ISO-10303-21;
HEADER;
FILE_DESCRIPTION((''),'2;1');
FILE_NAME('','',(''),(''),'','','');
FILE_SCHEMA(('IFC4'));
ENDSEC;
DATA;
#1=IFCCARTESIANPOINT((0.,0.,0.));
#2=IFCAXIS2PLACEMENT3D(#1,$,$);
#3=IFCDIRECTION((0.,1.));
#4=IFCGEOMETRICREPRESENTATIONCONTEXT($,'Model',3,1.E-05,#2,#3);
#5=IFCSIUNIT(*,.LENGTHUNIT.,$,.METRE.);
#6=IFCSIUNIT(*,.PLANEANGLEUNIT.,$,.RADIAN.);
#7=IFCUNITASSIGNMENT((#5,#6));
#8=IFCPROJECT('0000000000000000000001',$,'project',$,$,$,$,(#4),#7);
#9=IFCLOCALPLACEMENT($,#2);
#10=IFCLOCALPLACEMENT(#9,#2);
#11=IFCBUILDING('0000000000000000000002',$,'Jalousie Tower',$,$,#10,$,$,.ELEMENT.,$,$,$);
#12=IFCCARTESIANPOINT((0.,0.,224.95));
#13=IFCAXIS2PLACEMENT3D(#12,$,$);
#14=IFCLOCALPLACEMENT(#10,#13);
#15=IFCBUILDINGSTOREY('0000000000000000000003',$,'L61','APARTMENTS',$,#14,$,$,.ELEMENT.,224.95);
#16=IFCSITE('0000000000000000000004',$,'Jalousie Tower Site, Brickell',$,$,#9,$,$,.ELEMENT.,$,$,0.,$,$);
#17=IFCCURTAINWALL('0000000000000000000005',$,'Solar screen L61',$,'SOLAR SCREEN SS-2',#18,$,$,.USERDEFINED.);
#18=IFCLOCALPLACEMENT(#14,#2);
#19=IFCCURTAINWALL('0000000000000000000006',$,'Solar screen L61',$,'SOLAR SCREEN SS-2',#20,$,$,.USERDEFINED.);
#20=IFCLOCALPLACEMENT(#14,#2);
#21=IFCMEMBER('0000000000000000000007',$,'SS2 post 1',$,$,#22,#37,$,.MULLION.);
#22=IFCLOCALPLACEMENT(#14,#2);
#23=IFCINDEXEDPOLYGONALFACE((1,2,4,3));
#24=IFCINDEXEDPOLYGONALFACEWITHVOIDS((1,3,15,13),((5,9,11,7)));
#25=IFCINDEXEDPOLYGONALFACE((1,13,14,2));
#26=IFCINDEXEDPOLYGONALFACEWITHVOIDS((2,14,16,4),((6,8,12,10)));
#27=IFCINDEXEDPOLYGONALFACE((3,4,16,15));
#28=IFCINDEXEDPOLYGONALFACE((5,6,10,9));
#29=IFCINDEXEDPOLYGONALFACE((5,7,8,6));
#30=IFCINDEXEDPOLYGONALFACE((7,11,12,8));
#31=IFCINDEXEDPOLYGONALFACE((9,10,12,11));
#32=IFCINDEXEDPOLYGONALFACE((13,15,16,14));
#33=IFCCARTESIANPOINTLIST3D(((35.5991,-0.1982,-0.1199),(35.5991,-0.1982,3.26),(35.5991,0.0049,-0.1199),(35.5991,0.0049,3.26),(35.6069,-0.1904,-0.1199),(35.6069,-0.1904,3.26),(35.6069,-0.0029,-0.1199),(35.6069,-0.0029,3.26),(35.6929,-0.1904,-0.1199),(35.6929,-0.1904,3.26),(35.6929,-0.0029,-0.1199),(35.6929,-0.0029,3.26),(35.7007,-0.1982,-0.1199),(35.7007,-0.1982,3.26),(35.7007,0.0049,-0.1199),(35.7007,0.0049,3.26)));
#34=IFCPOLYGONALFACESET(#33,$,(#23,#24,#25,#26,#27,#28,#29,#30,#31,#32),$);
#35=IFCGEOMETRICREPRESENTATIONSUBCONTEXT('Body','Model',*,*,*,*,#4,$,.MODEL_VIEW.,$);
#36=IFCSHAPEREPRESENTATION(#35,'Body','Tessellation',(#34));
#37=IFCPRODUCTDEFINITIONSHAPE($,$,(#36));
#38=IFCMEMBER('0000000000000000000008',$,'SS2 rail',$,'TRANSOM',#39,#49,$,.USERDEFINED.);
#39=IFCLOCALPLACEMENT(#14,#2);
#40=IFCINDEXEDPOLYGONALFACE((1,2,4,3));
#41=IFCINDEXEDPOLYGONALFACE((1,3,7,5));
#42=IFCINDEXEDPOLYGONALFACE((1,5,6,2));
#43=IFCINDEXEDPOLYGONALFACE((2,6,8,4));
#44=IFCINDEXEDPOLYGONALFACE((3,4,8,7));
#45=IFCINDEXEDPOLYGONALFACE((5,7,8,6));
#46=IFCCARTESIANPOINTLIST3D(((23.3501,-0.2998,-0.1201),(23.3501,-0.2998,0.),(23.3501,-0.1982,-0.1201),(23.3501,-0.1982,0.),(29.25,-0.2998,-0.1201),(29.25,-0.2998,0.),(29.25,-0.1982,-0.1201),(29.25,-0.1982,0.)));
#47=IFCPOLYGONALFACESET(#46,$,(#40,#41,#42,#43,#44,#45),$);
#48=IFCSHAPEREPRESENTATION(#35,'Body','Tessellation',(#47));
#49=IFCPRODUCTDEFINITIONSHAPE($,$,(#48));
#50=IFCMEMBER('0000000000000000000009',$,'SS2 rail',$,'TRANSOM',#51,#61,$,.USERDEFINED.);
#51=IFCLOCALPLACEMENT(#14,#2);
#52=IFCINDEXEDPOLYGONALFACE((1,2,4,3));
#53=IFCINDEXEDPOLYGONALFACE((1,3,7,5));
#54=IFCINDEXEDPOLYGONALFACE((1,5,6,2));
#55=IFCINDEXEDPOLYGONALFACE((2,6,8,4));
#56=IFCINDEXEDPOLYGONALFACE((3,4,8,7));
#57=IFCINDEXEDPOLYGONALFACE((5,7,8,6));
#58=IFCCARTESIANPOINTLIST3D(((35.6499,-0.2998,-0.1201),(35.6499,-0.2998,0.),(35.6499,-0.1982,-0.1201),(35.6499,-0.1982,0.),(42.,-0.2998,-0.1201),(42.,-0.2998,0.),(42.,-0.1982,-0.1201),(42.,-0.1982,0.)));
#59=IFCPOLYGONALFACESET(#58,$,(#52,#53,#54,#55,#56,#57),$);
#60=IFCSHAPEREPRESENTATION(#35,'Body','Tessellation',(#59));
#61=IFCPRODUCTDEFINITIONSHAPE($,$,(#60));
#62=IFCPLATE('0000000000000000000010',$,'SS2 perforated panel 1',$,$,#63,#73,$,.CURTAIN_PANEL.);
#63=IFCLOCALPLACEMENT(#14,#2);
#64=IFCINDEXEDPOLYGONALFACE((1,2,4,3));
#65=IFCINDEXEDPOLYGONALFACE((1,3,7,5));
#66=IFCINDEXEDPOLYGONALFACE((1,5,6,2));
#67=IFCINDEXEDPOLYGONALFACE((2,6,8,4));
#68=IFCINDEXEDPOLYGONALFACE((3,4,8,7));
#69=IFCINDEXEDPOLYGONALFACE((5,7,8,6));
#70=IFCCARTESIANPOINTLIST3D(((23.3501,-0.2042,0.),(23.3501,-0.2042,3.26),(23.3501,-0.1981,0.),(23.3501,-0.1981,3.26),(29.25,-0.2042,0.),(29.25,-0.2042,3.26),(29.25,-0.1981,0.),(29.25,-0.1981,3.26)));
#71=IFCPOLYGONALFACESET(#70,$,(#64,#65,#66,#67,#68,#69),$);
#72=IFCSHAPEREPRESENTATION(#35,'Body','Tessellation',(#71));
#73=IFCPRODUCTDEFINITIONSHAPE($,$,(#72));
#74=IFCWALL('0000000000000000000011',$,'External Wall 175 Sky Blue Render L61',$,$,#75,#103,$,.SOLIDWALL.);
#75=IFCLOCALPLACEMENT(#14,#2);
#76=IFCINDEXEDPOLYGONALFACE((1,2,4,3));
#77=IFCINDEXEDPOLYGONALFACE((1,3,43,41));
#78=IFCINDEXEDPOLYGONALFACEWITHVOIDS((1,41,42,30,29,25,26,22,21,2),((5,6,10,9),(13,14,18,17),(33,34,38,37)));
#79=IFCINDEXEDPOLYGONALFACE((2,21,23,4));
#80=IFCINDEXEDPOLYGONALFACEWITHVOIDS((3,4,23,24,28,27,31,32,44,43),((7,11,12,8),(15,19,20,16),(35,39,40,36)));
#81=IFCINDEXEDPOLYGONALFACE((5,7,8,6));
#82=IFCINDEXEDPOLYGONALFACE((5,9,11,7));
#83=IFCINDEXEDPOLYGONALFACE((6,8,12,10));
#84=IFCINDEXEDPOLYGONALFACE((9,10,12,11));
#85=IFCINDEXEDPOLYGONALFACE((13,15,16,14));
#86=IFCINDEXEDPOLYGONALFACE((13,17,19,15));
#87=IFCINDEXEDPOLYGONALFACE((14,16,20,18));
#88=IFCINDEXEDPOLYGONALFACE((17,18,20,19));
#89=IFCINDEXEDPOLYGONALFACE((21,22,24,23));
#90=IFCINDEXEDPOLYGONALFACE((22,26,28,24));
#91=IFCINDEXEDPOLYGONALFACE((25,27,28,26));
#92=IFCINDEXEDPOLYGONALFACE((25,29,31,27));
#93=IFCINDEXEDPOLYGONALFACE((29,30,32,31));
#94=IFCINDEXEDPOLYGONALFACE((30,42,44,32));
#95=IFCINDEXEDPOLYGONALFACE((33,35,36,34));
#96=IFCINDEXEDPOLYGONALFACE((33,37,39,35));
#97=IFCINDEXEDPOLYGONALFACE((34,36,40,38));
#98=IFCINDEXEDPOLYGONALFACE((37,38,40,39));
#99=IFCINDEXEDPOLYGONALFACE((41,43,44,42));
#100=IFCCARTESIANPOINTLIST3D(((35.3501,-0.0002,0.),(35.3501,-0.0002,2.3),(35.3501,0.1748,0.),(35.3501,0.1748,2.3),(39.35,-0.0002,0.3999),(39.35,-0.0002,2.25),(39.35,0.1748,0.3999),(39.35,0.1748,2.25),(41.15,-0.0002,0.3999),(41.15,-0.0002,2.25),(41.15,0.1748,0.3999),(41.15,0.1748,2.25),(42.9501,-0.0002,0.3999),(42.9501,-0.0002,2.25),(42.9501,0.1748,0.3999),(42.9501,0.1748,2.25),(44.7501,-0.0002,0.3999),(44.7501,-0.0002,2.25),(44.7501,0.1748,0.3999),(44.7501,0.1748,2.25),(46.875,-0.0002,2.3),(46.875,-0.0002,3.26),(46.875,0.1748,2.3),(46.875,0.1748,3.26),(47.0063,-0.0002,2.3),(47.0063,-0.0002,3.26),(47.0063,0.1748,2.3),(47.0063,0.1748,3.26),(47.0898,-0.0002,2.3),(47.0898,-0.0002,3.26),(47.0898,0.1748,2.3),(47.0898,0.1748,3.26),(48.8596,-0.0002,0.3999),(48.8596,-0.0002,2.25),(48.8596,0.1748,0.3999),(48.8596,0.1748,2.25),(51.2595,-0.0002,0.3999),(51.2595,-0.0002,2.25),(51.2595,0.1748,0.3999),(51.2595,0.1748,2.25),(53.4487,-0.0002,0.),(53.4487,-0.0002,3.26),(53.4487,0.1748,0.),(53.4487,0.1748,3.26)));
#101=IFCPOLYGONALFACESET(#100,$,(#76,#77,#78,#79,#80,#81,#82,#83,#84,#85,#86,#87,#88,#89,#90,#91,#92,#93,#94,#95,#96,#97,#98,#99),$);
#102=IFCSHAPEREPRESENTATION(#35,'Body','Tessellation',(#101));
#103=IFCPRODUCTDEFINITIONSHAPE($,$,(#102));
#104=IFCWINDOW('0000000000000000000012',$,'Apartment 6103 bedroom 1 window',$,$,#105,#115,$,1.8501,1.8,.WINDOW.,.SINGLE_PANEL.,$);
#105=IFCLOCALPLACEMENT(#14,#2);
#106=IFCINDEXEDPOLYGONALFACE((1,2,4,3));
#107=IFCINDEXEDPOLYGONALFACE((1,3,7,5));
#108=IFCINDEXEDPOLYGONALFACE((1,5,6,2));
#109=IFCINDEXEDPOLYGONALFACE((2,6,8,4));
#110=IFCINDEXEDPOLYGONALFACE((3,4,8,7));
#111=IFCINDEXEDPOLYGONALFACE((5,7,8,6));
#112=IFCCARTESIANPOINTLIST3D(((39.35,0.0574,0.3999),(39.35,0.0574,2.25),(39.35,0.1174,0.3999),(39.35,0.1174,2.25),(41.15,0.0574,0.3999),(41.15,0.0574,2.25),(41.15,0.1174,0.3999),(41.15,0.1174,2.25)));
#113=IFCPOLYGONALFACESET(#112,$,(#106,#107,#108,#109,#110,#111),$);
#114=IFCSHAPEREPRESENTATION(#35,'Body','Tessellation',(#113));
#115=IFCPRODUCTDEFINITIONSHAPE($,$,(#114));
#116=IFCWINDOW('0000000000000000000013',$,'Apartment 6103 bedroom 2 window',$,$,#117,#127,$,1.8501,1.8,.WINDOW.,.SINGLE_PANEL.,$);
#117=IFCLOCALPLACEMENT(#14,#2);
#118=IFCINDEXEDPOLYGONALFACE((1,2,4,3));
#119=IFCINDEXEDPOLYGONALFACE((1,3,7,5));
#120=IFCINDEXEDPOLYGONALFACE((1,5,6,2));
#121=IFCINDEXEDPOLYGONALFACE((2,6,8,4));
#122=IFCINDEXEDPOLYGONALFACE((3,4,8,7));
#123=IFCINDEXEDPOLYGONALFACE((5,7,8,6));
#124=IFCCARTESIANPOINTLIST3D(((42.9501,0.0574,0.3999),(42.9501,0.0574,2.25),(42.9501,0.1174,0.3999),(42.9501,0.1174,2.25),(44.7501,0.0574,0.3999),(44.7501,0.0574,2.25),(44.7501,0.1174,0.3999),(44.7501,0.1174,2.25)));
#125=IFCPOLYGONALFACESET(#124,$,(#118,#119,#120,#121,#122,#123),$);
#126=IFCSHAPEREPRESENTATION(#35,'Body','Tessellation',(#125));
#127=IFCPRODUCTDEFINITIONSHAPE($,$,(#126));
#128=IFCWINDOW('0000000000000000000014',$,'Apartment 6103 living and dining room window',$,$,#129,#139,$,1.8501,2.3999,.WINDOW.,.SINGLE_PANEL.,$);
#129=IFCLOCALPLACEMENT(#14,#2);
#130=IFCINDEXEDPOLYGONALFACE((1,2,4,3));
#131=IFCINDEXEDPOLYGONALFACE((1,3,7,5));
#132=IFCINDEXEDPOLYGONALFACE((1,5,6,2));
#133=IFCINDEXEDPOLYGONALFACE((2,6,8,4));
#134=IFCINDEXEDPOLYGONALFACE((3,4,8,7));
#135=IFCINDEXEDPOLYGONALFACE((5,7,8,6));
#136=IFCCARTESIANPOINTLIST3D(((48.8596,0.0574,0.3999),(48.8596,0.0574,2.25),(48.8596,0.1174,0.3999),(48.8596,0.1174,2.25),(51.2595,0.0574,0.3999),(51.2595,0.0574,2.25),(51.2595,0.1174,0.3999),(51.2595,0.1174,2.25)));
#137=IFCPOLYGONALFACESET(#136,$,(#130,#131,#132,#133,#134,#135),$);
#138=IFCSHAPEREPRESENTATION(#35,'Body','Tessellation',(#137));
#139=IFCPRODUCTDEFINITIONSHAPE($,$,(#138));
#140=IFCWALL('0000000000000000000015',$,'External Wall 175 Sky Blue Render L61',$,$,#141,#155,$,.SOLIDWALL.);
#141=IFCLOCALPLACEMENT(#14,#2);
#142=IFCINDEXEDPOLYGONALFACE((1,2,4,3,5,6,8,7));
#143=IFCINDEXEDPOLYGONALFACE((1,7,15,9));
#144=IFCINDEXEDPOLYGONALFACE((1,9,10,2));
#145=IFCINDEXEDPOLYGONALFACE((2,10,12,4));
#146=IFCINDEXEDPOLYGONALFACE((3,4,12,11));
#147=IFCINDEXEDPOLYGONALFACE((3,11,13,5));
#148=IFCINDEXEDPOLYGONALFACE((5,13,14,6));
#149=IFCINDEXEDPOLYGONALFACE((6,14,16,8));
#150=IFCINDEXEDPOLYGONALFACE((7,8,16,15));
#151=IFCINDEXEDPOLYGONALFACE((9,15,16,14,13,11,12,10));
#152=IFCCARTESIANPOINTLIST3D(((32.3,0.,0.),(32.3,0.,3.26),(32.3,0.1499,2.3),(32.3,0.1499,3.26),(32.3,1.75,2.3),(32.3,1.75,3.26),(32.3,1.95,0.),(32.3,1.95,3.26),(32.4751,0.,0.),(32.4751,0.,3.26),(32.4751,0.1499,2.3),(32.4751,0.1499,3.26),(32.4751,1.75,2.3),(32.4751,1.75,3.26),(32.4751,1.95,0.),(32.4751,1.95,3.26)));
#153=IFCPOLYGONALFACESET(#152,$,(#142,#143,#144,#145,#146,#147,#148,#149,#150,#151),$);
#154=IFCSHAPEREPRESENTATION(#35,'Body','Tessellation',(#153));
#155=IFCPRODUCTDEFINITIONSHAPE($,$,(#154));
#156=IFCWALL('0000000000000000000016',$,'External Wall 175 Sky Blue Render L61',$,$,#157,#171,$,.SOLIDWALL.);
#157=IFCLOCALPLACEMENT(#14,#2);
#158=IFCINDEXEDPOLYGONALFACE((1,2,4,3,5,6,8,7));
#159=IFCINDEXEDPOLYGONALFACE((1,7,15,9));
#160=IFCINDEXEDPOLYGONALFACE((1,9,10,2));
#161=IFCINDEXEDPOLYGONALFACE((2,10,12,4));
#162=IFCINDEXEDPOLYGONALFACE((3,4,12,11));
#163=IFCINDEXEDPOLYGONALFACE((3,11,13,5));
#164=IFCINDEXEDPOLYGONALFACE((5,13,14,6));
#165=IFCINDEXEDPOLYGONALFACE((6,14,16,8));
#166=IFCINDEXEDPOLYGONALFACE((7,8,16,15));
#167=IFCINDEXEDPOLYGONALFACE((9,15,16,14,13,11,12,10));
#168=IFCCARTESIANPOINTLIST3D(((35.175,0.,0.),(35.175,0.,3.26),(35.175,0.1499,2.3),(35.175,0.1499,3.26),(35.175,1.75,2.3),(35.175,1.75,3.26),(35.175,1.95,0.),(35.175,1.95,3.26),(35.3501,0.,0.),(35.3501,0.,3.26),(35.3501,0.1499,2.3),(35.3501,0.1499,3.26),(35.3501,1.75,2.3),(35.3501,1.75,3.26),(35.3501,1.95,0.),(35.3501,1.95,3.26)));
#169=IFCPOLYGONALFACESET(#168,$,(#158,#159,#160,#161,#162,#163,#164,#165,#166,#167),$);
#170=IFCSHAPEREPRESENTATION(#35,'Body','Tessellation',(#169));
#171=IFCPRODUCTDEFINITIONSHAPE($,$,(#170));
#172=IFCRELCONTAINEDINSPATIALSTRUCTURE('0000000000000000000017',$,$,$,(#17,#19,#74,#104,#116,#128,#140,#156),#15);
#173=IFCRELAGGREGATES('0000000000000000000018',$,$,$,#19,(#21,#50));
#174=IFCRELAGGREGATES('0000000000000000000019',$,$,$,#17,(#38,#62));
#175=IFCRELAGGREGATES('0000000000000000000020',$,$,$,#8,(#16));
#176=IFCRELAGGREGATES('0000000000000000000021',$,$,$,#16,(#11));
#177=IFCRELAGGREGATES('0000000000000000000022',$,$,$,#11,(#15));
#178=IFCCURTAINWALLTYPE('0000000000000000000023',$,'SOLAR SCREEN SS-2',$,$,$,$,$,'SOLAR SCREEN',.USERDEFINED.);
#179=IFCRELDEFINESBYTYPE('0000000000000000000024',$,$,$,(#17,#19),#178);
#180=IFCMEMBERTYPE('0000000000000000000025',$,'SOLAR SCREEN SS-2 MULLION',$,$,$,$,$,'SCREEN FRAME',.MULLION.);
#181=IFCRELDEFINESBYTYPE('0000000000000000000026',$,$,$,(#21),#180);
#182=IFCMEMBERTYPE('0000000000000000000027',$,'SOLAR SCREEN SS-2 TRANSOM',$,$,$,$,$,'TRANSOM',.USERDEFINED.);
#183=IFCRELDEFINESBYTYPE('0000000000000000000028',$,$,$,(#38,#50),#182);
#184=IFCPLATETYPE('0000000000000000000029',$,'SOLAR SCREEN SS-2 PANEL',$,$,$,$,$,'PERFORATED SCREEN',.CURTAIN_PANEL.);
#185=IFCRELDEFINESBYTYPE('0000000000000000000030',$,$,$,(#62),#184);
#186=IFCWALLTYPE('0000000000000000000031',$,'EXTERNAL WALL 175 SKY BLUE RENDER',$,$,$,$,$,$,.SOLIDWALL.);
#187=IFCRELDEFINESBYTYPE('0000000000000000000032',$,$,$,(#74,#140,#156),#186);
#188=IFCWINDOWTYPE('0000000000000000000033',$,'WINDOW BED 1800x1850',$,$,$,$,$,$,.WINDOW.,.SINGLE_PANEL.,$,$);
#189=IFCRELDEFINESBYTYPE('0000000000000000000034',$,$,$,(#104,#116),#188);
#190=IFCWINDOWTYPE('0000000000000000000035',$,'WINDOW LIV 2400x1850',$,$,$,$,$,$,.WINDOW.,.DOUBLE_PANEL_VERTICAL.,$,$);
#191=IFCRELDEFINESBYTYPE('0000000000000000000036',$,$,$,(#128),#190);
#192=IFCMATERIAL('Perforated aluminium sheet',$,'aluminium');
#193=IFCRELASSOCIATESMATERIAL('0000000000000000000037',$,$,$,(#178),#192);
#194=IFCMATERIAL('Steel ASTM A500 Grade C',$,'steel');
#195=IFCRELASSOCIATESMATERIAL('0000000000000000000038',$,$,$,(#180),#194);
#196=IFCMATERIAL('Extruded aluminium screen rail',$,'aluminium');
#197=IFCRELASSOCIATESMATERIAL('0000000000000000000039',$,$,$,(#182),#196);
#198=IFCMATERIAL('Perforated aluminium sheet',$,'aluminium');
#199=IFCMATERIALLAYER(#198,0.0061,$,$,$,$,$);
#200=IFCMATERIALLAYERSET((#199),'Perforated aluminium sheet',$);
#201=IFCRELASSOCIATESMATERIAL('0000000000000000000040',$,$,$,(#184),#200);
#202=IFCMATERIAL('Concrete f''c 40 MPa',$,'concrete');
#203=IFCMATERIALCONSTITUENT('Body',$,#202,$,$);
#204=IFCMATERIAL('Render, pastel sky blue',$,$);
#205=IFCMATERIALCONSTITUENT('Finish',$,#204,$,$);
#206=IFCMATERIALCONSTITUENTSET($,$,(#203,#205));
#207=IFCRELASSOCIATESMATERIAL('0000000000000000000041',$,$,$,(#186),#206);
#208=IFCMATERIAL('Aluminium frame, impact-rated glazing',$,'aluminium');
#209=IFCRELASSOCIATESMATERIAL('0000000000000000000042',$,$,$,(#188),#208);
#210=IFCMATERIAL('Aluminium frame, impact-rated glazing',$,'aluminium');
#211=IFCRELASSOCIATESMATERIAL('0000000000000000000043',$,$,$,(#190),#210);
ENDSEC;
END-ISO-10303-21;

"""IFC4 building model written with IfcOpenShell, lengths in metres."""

from ifc_helpers import new_model, si_unit, direction, frame, frame_2d, origin, origin_2d, place, context, subcontext, project, spatial, polyline, rectangle, hollow_rectangle, outline, extrude, material, layer, layer_set, constituent, constituent_set, material_profile, profile_set, type_object, element, fill, aggregate, save


model = new_model("IFC4")

# Units and contexts
model_context = context("Model", 3, precision=1e-05, world=origin(), true_north=direction((0.0, 1.0)))
body_context = subcontext(model_context, "Body", "Model", "MODEL_VIEW")
ifc_project = project(units=[si_unit("LENGTHUNIT", "METRE"), si_unit("PLANEANGLEUNIT", "RADIAN")], contexts=[model_context])

# Site, building, storey
site_placement = place(None, origin())
site = spatial("IfcSite", under=ifc_project, at=site_placement, Name="Jalousie Tower Site, Brickell", CompositionType="ELEMENT", RefElevation=0.0)
building_placement = place(site_placement, origin())
building = spatial("IfcBuilding", under=site, at=building_placement, Name="Jalousie Tower", CompositionType="ELEMENT")
storey_placement = place(building_placement, frame((0.0, 0.0, 224.95)))
storey = spatial("IfcBuildingStorey", under=building, at=storey_placement, Name="L61", Description="APARTMENTS", CompositionType="ELEMENT", Elevation=224.95)

# Curtain wall
ifc_material_1 = material(Name="Perforated aluminium sheet", Category="aluminium")
curtain_wall_type = type_object("IfcCurtainWallType", Name="SOLAR SCREEN SS-2", ElementType="SOLAR SCREEN", PredefinedType="USERDEFINED", material=ifc_material_1)
curtain_wall_1_placement = place(storey_placement, origin())
curtain_wall_1 = element("IfcCurtainWall", 1, at=curtain_wall_1_placement, inside=storey, type_object=curtain_wall_type, Name="Solar screen L61", ObjectType="SOLAR SCREEN SS-2", PredefinedType="USERDEFINED")
ifc_material_2 = material(Name="Steel ASTM A500 Grade C", Category="steel")
ifc_material_profile_1 = material_profile(ifc_material_2, hollow_rectangle(XDim=0.1016, YDim=0.2031, WallThickness=0.0078, at=origin_2d()), Name="HSS8X4X5/16")
ifc_profile_set_1 = profile_set([ifc_material_profile_1], Name="Steel ASTM A500 Grade C")
member_type_1 = type_object("IfcMemberType", Name="SOLAR SCREEN SS-2 MULLION", ElementType="SCREEN FRAME", PredefinedType="MULLION", material=ifc_profile_set_1)

# Curtain wall, member
curtain_wall_2_placement = place(storey_placement, origin())
curtain_wall_2 = element("IfcCurtainWall", 2, at=curtain_wall_2_placement, inside=storey, type_object=curtain_wall_type, Name="Solar screen L61", ObjectType="SOLAR SCREEN SS-2", PredefinedType="USERDEFINED")
member_1_placement = place(storey_placement, frame((35.6499, -0.0967, -0.1199), z_axis=(0.0, 0.0, 1.0), x_axis=(1.0, 0.0, 0.0)))
member_1 = element("IfcMember", 3, at=member_1_placement, type_object=member_type_1, Name="SS2 post 1", PredefinedType="MULLION", context=body_context, shape_type="SweptSolid", body=[
    extrude(hollow_rectangle(XDim=0.1016, YDim=0.2031, WallThickness=0.0078, at=origin_2d()), origin(), (0.0, 0.0, 1.0), 3.3799),
])

# Members
ifc_material_3 = material(Name="Extruded aluminium screen rail", Category="aluminium")
ifc_material_profile_2 = material_profile(ifc_material_3, rectangle(XDim=0.1016, YDim=0.1201, at=origin_2d()), Name="RAIL 102x120")
ifc_profile_set_2 = profile_set([ifc_material_profile_2], Name="Extruded aluminium screen rail")
member_type_2 = type_object("IfcMemberType", Name="SOLAR SCREEN SS-2 TRANSOM", ElementType="TRANSOM", PredefinedType="USERDEFINED", material=ifc_profile_set_2)
member_2_placement = place(storey_placement, frame((23.3501, -0.249, -0.0601), z_axis=(1.0, 0.0, 0.0), x_axis=(0.0, 1.0, 0.0)))
member_2 = element("IfcMember", 4, at=member_2_placement, type_object=member_type_2, Name="SS2 rail", ObjectType="TRANSOM", PredefinedType="USERDEFINED", context=body_context, shape_type="SweptSolid", body=[
    extrude(rectangle(XDim=0.1016, YDim=0.1201, at=origin_2d()), origin(), (0.0, 0.0, 1.0), 5.8999),
])
member_3_placement = place(storey_placement, frame((35.6499, -0.249, -0.0601), z_axis=(1.0, 0.0, 0.0), x_axis=(0.0, 1.0, 0.0)))
member_3 = element("IfcMember", 5, at=member_3_placement, type_object=member_type_2, Name="SS2 rail", ObjectType="TRANSOM", PredefinedType="USERDEFINED", context=body_context, shape_type="SweptSolid", body=[
    extrude(rectangle(XDim=0.1016, YDim=0.1201, at=origin_2d()), origin(), (0.0, 0.0, 1.0), 6.3501),
])
aggregate(curtain_wall_2, [member_1, member_3])

# Plate
ifc_material_4 = material(Name="Perforated aluminium sheet", Category="aluminium")
ifc_layer_1 = layer(ifc_material_4, 0.0061)
ifc_layer_set_1 = layer_set([ifc_layer_1], Name="Perforated aluminium sheet")
plate_type = type_object("IfcPlateType", Name="SOLAR SCREEN SS-2 PANEL", ElementType="PERFORATED SCREEN", PredefinedType="CURTAIN_PANEL", material=ifc_layer_set_1)
plate_placement = place(storey_placement, frame((26.3, -0.2012, 0.0), z_axis=(0.0, 0.0, 1.0), x_axis=(1.0, 0.0, 0.0)))
plate = element("IfcPlate", 6, at=plate_placement, type_object=plate_type, Name="SS2 perforated panel 1", PredefinedType="CURTAIN_PANEL", context=body_context, shape_type="SweptSolid", body=[
    extrude(rectangle(XDim=5.8999, YDim=0.0061, at=origin_2d()), origin(), (0.0, 0.0, 1.0), 3.26),
])
aggregate(curtain_wall_1, [member_2, plate])

# Wall, openings, windows
ifc_material_5 = material(Name="Concrete f'c 40 MPa", Category="concrete")
ifc_constituent_1 = constituent(ifc_material_5, Name="Body")
ifc_material_6 = material(Name="Render, pastel sky blue")
ifc_constituent_2 = constituent(ifc_material_6, Name="Finish")
ifc_constituent_set_1 = constituent_set(constituents=[ifc_constituent_1, ifc_constituent_2])
wall_type_1 = type_object("IfcWallType", Name="EXTERNAL WALL 175 SKY BLUE RENDER", PredefinedType="SOLIDWALL", material=ifc_constituent_set_1)
wall_1_placement = place(storey_placement, frame((35.3501, 0.0874, 0.0), z_axis=(0.0, 0.0, 1.0), x_axis=(1.0, 0.0, 0.0)))
wall_1 = element("IfcWall", 7, at=wall_1_placement, inside=storey, type_object=wall_type_1, Name="External Wall 175 Sky Blue Render L61", PredefinedType="SOLIDWALL", context=body_context, shape_type="SweptSolid", body=[
    extrude(outline(polyline([(0.0, 0.0), (18.0986, 0.0), (18.0986, 3.26), (11.7397, 3.26), (11.7397, 2.3), (11.6562, 2.3), (11.6562, 3.26), (11.5249, 3.26), (11.5249, 2.3), (0.0, 2.3), (0.0, 0.0)])), frame((0.0, 0.0874, 0.0), z_axis=(0.0, -1.0, 0.0), x_axis=(1.0, 0.0, 0.0)), (0.0, 0.0, 1.0), 0.175),
])
opening_1_placement = place(wall_1_placement, frame((4.0, 0.0, 0.3999)))
opening_1 = element("IfcOpeningElement", 8, at=opening_1_placement, cuts=wall_1, PredefinedType="OPENING", context=body_context, shape_type="SweptSolid", body=[
    extrude(rectangle(XDim=1.8, YDim=1.8501, at=frame_2d((0.8999, 0.925))), frame((0.0, 0.0974, 0.0), z_axis=(0.0, -1.0, 0.0), x_axis=(1.0, 0.0, 0.0)), (0.0, 0.0, 1.0), 0.1951),
])
opening_2_placement = place(wall_1_placement, frame((7.6001, 0.0, 0.3999)))
opening_2 = element("IfcOpeningElement", 9, at=opening_2_placement, cuts=wall_1, PredefinedType="OPENING", context=body_context, shape_type="SweptSolid", body=[
    extrude(rectangle(XDim=1.8, YDim=1.8501, at=frame_2d((0.8999, 0.925))), frame((0.0, 0.0974, 0.0), z_axis=(0.0, -1.0, 0.0), x_axis=(1.0, 0.0, 0.0)), (0.0, 0.0, 1.0), 0.1951),
])
opening_3_placement = place(wall_1_placement, frame((13.5095, 0.0, 0.3999)))
opening_3 = element("IfcOpeningElement", 10, at=opening_3_placement, cuts=wall_1, PredefinedType="OPENING", context=body_context, shape_type="SweptSolid", body=[
    extrude(rectangle(XDim=2.3999, YDim=1.8501, at=frame_2d((1.2, 0.925))), frame((0.0, 0.0974, 0.0), z_axis=(0.0, -1.0, 0.0), x_axis=(1.0, 0.0, 0.0)), (0.0, 0.0, 1.0), 0.1951),
])
ifc_material_7 = material(Name="Aluminium frame, impact-rated glazing", Category="aluminium")
window_type_1 = type_object("IfcWindowType", Name="WINDOW BED 1800x1850", PartitioningType="SINGLE_PANEL", PredefinedType="WINDOW", material=ifc_material_7)
window_1_placement = place(opening_1_placement, origin())
window_1 = element("IfcWindow", 11, at=window_1_placement, inside=storey, type_object=window_type_1, Name="Apartment 6103 bedroom 1 window", OverallHeight=1.8501, OverallWidth=1.8, PartitioningType="SINGLE_PANEL", PredefinedType="WINDOW", context=body_context, shape_type="SweptSolid", body=[
    extrude(rectangle(XDim=1.8, YDim=1.8501, at=frame_2d((0.8999, 0.925))), frame((0.0, 0.03, 0.0), z_axis=(0.0, -1.0, 0.0), x_axis=(1.0, 0.0, 0.0)), (0.0, 0.0, 1.0), 0.0601),
])
fill(opening_1, window_1)
window_2_placement = place(opening_2_placement, origin())
window_2 = element("IfcWindow", 12, at=window_2_placement, inside=storey, type_object=window_type_1, Name="Apartment 6103 bedroom 2 window", OverallHeight=1.8501, OverallWidth=1.8, PartitioningType="SINGLE_PANEL", PredefinedType="WINDOW", context=body_context, shape_type="SweptSolid", body=[
    extrude(rectangle(XDim=1.8, YDim=1.8501, at=frame_2d((0.8999, 0.925))), frame((0.0, 0.03, 0.0), z_axis=(0.0, -1.0, 0.0), x_axis=(1.0, 0.0, 0.0)), (0.0, 0.0, 1.0), 0.0601),
])
fill(opening_2, window_2)
ifc_material_8 = material(Name="Aluminium frame, impact-rated glazing", Category="aluminium")
window_type_2 = type_object("IfcWindowType", Name="WINDOW LIV 2400x1850", PartitioningType="DOUBLE_PANEL_VERTICAL", PredefinedType="WINDOW", material=ifc_material_8)
window_3_placement = place(opening_3_placement, origin())
window_3 = element("IfcWindow", 13, at=window_3_placement, inside=storey, type_object=window_type_2, Name="Apartment 6103 living and dining room window", OverallHeight=1.8501, OverallWidth=2.3999, PartitioningType="SINGLE_PANEL", PredefinedType="WINDOW", context=body_context, shape_type="SweptSolid", body=[
    extrude(rectangle(XDim=2.3999, YDim=1.8501, at=frame_2d((1.2, 0.925))), frame((0.0, 0.03, 0.0), z_axis=(0.0, -1.0, 0.0), x_axis=(1.0, 0.0, 0.0)), (0.0, 0.0, 1.0), 0.0601),
])
fill(opening_3, window_3)

# Walls
for number, where, z_axis, x_axis, name in (
    (14, (32.3875, 0.0, 0.0), (0.0, 0.0, 1.0), (0.0, 1.0, 0.0), "External Wall 175 Sky Blue Render L61"),
    (15, (35.2625, 0.0, 0.0), (0.0, 0.0, 1.0), (0.0, 1.0, 0.0), "External Wall 175 Sky Blue Render L61"),
):
    element("IfcWall", number, at=place(storey_placement, frame(where, z_axis=z_axis, x_axis=x_axis)), inside=storey, type_object=wall_type_1, Name=name, PredefinedType="SOLIDWALL", context=body_context, shape_type="SweptSolid", body=[
        extrude(outline(polyline([(0.0, 0.0), (1.95, 0.0), (1.95, 3.26), (1.75, 3.26), (1.75, 2.3), (0.1499, 2.3), (0.1499, 3.26), (0.0, 3.26), (0.0, 0.0)])), frame((0.0, 0.0874, 0.0), z_axis=(0.0, -1.0, 0.0), x_axis=(1.0, 0.0, 0.0)), (0.0, 0.0, 1.0), 0.175),
    ])

save(model, "model.ifc")
